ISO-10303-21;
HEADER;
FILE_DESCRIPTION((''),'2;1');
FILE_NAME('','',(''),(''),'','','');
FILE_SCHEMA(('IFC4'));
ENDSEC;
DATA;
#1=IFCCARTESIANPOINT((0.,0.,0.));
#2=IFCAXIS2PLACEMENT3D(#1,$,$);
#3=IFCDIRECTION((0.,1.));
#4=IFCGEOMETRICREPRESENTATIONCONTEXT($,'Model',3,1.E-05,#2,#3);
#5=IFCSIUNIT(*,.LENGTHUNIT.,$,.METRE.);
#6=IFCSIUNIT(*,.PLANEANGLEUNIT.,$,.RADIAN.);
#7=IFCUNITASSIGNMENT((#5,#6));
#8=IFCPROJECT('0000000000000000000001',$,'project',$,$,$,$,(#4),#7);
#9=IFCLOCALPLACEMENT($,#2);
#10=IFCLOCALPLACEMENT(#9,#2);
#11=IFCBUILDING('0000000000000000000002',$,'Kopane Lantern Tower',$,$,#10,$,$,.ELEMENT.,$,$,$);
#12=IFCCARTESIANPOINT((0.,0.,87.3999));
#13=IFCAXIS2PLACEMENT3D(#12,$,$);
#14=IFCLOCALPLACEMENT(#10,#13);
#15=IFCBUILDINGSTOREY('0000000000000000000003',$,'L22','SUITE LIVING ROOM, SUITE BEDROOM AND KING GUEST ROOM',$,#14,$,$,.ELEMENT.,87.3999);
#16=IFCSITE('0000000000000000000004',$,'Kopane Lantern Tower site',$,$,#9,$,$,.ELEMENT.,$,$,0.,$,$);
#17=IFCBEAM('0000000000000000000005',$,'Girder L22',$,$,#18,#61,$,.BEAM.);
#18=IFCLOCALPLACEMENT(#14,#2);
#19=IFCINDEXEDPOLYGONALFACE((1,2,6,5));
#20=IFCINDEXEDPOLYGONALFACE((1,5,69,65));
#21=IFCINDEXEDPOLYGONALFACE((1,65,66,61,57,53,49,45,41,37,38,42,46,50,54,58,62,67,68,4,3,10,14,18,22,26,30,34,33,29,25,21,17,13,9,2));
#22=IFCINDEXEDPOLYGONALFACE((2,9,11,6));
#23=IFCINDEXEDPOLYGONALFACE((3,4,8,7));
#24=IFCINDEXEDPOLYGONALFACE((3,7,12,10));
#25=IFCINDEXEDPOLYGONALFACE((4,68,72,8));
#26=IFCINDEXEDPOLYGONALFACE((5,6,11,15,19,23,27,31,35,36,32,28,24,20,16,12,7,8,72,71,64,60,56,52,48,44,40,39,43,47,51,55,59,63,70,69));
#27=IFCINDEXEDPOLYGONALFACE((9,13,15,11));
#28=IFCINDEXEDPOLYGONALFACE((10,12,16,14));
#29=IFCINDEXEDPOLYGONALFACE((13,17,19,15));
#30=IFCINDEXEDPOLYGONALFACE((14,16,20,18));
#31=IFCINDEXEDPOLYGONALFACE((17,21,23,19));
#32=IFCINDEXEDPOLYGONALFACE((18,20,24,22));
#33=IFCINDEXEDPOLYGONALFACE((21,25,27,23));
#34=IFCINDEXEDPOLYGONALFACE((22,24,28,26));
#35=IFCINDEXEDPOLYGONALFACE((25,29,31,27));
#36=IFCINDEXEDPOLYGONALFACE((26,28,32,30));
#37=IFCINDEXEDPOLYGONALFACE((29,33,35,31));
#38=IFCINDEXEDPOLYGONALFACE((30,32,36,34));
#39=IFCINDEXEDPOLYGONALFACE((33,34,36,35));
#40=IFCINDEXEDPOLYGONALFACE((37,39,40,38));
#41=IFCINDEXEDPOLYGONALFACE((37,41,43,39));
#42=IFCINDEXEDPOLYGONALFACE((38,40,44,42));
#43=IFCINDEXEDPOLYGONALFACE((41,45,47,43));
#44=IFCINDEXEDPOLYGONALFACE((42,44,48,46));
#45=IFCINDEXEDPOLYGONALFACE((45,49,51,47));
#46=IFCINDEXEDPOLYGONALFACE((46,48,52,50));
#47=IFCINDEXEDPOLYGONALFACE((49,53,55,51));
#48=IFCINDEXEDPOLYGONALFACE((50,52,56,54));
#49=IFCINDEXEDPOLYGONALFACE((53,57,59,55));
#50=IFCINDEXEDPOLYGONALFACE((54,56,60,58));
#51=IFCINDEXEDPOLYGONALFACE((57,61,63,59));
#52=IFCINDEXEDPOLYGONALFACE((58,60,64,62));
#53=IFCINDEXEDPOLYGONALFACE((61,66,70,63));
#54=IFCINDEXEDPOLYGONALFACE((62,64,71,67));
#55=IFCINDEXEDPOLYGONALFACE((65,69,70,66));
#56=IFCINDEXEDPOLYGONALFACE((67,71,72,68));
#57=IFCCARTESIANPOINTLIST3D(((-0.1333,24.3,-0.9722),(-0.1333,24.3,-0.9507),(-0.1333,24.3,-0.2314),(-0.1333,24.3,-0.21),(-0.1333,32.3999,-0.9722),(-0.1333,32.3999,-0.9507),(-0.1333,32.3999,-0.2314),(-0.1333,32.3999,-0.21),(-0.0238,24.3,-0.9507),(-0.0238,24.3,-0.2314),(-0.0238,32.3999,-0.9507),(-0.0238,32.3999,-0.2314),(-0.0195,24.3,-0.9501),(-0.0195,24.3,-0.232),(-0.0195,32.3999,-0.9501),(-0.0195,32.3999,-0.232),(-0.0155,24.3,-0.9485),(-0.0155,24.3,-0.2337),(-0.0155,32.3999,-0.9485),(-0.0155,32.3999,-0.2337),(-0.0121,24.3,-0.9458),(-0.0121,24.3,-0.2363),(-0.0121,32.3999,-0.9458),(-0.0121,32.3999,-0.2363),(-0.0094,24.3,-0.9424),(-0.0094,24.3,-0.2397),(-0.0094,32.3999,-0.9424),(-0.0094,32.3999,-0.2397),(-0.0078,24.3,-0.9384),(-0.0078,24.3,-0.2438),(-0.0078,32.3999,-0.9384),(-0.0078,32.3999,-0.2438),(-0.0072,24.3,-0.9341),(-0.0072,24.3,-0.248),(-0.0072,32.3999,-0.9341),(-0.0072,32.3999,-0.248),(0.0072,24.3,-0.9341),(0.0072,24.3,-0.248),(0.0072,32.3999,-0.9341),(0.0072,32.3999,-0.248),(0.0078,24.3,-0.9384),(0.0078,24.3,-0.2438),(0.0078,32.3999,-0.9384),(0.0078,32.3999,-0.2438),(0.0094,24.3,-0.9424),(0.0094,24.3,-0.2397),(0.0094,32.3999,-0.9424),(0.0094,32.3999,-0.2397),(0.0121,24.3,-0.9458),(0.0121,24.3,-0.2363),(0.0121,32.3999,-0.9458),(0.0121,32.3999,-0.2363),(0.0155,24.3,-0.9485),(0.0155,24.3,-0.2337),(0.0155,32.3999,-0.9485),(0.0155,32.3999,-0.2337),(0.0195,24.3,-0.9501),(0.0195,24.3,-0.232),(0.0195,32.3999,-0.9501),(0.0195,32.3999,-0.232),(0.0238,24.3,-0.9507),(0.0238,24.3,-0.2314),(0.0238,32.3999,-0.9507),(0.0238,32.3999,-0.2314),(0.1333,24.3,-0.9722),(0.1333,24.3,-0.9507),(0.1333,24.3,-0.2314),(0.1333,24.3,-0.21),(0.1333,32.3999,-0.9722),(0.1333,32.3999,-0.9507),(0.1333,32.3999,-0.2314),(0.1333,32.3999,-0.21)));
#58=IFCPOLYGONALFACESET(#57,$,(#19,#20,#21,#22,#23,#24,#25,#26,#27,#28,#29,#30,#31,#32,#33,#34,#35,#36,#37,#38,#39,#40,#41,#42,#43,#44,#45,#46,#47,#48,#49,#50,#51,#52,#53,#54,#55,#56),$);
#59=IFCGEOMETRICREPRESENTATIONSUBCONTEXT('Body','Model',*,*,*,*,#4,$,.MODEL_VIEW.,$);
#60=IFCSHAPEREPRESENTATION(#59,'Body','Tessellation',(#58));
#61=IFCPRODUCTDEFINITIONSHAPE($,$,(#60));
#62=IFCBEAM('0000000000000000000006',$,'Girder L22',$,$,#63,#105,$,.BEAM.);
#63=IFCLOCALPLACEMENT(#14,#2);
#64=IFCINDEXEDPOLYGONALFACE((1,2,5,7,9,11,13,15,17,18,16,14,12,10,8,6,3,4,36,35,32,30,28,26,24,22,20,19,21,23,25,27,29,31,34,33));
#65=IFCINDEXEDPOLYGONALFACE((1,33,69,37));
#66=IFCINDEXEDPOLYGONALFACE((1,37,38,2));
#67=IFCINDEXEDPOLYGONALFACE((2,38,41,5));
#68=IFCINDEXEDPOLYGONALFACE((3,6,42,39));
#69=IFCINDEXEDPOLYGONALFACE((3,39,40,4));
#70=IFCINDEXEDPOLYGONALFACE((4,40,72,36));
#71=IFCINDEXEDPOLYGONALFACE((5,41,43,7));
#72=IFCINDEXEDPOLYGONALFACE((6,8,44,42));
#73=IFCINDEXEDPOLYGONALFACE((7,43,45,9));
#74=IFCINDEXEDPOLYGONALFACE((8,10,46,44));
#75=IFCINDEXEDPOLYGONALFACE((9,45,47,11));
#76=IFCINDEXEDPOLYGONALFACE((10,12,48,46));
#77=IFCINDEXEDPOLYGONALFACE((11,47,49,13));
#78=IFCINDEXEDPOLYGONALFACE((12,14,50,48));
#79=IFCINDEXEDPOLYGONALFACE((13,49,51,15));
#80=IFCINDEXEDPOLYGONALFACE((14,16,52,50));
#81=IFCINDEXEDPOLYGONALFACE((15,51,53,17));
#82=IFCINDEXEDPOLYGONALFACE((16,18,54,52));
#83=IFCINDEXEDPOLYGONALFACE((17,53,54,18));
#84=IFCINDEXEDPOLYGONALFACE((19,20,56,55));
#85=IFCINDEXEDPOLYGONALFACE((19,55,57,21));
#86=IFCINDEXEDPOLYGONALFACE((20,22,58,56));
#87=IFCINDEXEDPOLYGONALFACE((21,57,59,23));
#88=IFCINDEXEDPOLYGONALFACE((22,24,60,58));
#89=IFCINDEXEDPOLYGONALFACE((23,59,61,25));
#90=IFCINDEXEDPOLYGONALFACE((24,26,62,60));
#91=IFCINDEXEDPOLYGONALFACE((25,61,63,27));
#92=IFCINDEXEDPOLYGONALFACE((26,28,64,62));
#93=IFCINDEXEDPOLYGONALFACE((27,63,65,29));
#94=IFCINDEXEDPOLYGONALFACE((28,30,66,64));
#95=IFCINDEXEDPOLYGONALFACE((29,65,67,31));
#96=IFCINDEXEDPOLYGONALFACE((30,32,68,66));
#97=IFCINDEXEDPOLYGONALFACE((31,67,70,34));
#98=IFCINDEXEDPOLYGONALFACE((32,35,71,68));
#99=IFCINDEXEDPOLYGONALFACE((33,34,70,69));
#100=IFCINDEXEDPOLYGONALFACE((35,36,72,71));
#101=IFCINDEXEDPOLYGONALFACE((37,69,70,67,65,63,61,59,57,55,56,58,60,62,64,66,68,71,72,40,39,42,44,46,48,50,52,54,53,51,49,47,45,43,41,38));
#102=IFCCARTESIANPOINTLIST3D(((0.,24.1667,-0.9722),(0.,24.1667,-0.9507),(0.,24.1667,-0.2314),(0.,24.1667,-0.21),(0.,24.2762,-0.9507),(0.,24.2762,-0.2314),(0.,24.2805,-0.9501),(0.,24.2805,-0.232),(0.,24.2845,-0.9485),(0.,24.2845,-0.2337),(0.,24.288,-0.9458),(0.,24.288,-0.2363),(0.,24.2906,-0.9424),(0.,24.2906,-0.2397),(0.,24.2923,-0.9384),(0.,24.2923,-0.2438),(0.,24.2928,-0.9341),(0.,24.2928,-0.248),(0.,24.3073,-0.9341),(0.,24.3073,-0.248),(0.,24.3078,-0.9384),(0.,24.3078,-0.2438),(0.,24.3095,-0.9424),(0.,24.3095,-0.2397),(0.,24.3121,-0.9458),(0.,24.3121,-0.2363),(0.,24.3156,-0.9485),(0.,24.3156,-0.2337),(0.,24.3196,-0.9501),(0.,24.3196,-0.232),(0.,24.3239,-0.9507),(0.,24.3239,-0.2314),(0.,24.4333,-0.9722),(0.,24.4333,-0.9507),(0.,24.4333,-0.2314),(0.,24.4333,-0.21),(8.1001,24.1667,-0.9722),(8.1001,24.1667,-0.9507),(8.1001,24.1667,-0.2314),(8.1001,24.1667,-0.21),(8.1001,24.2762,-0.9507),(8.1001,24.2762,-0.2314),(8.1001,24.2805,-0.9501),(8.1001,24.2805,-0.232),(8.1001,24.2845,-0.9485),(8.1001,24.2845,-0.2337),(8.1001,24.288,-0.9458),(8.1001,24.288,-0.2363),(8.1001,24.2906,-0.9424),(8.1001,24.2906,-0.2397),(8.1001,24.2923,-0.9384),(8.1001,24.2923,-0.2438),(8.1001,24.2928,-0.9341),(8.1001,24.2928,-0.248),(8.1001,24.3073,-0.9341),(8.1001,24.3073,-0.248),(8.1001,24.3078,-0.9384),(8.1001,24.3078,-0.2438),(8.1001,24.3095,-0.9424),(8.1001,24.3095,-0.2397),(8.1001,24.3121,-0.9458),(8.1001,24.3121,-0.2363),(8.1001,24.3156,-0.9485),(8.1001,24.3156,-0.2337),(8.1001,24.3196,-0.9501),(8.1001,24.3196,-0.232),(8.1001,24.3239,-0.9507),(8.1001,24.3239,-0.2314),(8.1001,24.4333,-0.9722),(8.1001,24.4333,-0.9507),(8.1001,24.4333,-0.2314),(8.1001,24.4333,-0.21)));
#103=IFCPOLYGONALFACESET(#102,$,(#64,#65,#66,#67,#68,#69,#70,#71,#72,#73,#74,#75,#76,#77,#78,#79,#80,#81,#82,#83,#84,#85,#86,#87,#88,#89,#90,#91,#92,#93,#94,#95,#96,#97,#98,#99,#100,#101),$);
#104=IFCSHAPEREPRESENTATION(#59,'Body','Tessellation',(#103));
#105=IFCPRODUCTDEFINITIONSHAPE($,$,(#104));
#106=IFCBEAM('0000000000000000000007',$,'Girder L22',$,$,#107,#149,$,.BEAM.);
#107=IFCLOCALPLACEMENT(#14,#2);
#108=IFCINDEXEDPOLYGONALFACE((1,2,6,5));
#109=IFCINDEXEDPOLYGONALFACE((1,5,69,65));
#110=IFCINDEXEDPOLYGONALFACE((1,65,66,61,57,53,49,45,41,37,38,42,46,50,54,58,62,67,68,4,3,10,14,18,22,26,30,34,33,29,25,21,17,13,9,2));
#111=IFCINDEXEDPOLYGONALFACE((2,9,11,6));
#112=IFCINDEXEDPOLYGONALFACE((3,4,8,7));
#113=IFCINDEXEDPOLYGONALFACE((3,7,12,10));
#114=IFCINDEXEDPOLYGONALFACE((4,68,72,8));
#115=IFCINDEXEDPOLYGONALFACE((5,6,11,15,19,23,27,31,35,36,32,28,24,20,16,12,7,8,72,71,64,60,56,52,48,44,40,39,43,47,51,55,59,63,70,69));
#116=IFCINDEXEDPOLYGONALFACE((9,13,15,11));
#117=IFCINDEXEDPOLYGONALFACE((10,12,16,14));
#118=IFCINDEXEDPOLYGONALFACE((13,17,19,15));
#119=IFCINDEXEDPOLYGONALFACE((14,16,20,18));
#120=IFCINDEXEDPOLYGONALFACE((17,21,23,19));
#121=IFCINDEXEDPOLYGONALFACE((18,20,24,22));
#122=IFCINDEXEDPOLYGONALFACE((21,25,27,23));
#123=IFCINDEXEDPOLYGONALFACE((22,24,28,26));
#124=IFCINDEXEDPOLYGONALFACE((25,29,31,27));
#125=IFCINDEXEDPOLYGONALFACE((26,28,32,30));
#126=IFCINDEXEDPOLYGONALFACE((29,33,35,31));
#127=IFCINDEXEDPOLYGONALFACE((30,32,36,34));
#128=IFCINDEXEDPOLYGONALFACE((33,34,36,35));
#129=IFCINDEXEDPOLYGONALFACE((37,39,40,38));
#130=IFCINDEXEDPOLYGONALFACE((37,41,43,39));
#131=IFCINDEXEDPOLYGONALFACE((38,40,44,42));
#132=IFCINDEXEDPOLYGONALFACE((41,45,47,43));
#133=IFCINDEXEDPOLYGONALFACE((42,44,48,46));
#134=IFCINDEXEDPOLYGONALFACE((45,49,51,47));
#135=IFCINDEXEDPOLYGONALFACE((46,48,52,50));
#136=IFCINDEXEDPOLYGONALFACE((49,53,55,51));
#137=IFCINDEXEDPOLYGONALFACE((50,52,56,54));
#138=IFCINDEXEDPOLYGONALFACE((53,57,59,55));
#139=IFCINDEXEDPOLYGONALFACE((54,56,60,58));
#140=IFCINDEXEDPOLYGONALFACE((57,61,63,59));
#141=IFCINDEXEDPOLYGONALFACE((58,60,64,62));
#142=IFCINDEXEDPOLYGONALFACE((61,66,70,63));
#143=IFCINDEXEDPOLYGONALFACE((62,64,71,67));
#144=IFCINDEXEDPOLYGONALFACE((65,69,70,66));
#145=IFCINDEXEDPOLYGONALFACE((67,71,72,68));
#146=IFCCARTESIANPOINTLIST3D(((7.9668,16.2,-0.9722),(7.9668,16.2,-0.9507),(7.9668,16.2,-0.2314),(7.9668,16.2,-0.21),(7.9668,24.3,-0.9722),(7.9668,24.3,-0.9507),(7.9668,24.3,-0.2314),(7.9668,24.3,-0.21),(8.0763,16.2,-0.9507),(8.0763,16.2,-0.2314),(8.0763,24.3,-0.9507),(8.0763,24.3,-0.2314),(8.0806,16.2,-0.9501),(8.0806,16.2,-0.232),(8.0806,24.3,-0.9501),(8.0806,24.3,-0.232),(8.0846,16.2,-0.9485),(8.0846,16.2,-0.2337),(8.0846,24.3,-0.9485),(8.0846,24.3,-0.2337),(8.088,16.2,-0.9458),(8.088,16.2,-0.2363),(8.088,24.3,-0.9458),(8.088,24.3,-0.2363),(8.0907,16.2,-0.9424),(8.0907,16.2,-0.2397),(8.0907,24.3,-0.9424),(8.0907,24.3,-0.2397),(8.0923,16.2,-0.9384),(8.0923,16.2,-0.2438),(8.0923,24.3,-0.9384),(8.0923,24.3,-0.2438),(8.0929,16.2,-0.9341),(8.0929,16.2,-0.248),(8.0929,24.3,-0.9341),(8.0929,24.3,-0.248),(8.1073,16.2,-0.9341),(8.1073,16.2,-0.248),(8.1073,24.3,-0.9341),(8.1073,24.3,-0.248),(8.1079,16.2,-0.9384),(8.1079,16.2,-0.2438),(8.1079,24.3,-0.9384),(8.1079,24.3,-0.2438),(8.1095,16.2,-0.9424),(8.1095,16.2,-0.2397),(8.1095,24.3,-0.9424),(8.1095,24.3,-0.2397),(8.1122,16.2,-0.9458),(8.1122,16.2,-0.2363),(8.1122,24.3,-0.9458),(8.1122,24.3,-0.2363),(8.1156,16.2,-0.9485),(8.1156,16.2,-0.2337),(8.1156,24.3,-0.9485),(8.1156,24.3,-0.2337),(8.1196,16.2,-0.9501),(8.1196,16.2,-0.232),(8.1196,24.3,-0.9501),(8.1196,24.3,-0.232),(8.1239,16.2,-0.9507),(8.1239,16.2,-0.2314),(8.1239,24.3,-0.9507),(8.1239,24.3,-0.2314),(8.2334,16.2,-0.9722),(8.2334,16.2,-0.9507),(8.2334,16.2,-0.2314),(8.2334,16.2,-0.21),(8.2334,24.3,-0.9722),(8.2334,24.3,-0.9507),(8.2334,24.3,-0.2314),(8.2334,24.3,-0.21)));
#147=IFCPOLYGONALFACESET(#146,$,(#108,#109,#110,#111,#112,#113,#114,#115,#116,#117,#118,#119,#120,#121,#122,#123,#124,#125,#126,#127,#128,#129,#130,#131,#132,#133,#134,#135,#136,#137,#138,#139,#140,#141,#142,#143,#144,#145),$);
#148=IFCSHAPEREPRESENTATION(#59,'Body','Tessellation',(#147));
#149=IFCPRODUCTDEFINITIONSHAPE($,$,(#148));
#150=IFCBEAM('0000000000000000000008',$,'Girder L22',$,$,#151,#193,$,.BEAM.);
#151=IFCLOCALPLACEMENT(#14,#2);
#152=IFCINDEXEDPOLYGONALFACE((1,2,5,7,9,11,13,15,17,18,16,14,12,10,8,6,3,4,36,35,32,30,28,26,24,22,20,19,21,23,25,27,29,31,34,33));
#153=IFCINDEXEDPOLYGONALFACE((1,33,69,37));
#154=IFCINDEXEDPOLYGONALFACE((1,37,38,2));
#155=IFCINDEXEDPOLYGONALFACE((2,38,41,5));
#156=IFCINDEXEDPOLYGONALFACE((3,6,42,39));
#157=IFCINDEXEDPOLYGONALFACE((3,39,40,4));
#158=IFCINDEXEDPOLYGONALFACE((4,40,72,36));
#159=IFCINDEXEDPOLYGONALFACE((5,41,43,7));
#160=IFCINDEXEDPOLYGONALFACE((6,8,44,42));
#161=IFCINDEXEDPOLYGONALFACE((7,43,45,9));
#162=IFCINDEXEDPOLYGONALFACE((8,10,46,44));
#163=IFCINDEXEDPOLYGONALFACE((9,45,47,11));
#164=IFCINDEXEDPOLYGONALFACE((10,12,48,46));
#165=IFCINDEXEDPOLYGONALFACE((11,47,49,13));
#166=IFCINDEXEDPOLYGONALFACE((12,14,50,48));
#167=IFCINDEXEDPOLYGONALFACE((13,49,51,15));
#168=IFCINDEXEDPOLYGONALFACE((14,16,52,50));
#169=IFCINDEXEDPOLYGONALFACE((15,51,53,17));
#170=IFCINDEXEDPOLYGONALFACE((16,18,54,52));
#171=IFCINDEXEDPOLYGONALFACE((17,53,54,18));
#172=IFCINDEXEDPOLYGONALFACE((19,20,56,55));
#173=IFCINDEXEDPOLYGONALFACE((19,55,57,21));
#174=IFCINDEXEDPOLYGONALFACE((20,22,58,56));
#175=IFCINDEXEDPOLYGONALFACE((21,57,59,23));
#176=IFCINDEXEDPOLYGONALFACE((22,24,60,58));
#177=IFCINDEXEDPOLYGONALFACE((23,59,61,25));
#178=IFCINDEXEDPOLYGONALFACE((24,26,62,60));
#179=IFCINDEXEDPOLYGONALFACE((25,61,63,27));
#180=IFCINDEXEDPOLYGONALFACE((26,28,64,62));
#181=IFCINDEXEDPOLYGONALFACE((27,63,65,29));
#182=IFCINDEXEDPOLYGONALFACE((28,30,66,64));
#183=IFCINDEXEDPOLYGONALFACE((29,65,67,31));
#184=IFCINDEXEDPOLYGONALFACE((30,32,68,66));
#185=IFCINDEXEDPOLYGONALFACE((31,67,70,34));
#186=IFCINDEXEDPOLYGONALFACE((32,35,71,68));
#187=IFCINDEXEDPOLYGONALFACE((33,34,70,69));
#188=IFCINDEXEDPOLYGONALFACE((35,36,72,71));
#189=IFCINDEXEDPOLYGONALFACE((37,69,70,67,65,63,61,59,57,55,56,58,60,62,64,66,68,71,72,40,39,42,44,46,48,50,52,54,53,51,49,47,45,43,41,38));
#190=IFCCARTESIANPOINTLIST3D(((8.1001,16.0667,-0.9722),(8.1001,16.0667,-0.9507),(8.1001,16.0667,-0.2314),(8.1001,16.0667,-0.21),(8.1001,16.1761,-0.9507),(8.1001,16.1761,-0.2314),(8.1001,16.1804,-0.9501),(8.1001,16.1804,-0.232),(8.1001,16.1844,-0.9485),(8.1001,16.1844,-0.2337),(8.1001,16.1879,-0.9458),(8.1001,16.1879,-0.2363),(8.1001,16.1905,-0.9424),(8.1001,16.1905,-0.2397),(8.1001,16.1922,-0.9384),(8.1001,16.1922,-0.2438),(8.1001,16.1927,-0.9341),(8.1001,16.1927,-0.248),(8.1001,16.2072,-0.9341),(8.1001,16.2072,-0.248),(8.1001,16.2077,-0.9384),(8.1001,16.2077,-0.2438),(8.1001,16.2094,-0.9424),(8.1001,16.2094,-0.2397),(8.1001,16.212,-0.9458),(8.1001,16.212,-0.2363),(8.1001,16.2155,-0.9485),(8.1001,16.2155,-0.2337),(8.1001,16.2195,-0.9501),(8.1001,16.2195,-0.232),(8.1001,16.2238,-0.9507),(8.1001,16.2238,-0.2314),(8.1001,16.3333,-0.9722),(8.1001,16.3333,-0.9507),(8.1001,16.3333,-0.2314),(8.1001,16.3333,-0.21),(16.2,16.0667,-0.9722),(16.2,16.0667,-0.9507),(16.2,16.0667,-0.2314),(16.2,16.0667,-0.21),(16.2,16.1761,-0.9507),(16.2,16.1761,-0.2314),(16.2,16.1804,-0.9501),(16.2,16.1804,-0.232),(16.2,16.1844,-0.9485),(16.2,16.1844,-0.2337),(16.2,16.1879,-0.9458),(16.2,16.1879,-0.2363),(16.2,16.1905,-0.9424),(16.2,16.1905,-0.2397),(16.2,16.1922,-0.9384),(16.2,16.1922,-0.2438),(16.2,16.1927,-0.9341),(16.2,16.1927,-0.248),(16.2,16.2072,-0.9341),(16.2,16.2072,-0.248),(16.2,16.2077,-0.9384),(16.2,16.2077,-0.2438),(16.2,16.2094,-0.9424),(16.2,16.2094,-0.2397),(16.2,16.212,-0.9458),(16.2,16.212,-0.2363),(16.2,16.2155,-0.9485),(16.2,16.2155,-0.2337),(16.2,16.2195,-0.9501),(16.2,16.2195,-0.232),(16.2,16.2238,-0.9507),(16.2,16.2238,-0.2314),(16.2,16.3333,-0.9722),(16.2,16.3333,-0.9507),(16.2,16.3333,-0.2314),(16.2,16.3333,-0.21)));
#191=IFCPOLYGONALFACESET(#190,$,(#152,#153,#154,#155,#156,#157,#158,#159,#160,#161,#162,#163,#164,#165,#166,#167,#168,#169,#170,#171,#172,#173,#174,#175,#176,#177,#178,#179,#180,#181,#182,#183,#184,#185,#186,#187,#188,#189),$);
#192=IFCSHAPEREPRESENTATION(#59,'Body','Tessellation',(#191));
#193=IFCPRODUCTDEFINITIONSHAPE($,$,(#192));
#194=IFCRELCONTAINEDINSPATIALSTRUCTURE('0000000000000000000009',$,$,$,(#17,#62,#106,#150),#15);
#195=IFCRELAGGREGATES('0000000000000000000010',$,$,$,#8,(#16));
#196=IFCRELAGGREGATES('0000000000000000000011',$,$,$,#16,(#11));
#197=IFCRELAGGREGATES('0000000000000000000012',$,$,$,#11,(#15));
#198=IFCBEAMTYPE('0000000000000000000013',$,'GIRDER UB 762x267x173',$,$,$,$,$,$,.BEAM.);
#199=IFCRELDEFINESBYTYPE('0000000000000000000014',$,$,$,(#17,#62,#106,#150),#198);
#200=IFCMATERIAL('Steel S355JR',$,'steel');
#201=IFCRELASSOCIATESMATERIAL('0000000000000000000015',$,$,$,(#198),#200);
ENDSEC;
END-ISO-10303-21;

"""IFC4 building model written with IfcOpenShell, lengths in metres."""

from ifc_helpers import new_model, si_unit, direction, frame, origin, origin_2d, place, context, subcontext, project, spatial, i_section, extrude, material, material_profile, profile_set, type_object, element, save


model = new_model("IFC4")

# Units and contexts
model_context = context("Model", 3, precision=1e-05, world=origin(), true_north=direction((0.0, 1.0)))
body_context = subcontext(model_context, "Body", "Model", "MODEL_VIEW")
ifc_project = project(units=[si_unit("LENGTHUNIT", "METRE"), si_unit("PLANEANGLEUNIT", "RADIAN")], contexts=[model_context])

# Site, building, storey
site_placement = place(None, origin())
site = spatial("IfcSite", under=ifc_project, at=site_placement, Name="Kopane Lantern Tower site", CompositionType="ELEMENT", RefElevation=0.0)
building_placement = place(site_placement, origin())
building = spatial("IfcBuilding", under=site, at=building_placement, Name="Kopane Lantern Tower", CompositionType="ELEMENT")
storey_placement = place(building_placement, frame((0.0, 0.0, 87.3999)))
storey = spatial("IfcBuildingStorey", under=building, at=storey_placement, Name="L22", Description="SUITE LIVING ROOM, SUITE BEDROOM AND KING GUEST ROOM", CompositionType="ELEMENT", Elevation=87.3999)

# Beams
ifc_material_1 = material(Name="Steel S355JR", Category="steel")
ifc_material_profile_1 = material_profile(ifc_material_1, i_section(OverallWidth=0.2666, OverallDepth=0.7622, WebThickness=0.0144, FlangeThickness=0.0215, FilletRadius=0.0166, at=origin_2d()), Name="UB 762x267x173")
ifc_profile_set_1 = profile_set([ifc_material_profile_1], Name="Steel S355JR")
beam_type = type_object("IfcBeamType", Name="GIRDER UB 762x267x173", PredefinedType="BEAM", material=ifc_profile_set_1)
beam_placement = place(storey_placement, frame((0.0, 24.3, -0.5911), z_axis=(0.0, 1.0, 0.0), x_axis=(-1.0, 0.0, 0.0)))
element("IfcBeam", 1, at=beam_placement, inside=storey, type_object=beam_type, Name="Girder L22", PredefinedType="BEAM", context=body_context, shape_type="SweptSolid", body=[
    extrude(i_section(OverallWidth=0.2666, OverallDepth=0.7622, WebThickness=0.0144, FlangeThickness=0.0215, FilletRadius=0.0166, at=origin_2d()), origin(), (0.0, 0.0, 1.0), 8.0999),
])
for number, where, z_axis, x_axis, name in (
    (2, (0.0, 24.3, -0.5911), (1.0, 0.0, 0.0), (0.0, 1.0, 0.0), "Girder L22"),
    (3, (8.1001, 16.2, -0.5911), (0.0, 1.0, 0.0), (-1.0, 0.0, 0.0), "Girder L22"),
):
    element("IfcBeam", number, at=place(storey_placement, frame(where, z_axis=z_axis, x_axis=x_axis)), inside=storey, type_object=beam_type, Name=name, PredefinedType="BEAM", context=body_context, shape_type="SweptSolid", body=[
        extrude(i_section(OverallWidth=0.2666, OverallDepth=0.7622, WebThickness=0.0144, FlangeThickness=0.0215, FilletRadius=0.0166, at=origin_2d()), origin(), (0.0, 0.0, 1.0), 8.1001),
    ])
for number, where, z_axis, x_axis, name in (
    (4, (8.1001, 16.2, -0.5911), (1.0, 0.0, 0.0), (0.0, 1.0, 0.0), "Girder L22"),
):
    element("IfcBeam", number, at=place(storey_placement, frame(where, z_axis=z_axis, x_axis=x_axis)), inside=storey, type_object=beam_type, Name=name, PredefinedType="BEAM", context=body_context, shape_type="SweptSolid", body=[
        extrude(i_section(OverallWidth=0.2666, OverallDepth=0.7622, WebThickness=0.0144, FlangeThickness=0.0215, FilletRadius=0.0166, at=origin_2d()), origin(), (0.0, 0.0, 1.0), 8.0999),
    ])

save(model, "model.ifc")
